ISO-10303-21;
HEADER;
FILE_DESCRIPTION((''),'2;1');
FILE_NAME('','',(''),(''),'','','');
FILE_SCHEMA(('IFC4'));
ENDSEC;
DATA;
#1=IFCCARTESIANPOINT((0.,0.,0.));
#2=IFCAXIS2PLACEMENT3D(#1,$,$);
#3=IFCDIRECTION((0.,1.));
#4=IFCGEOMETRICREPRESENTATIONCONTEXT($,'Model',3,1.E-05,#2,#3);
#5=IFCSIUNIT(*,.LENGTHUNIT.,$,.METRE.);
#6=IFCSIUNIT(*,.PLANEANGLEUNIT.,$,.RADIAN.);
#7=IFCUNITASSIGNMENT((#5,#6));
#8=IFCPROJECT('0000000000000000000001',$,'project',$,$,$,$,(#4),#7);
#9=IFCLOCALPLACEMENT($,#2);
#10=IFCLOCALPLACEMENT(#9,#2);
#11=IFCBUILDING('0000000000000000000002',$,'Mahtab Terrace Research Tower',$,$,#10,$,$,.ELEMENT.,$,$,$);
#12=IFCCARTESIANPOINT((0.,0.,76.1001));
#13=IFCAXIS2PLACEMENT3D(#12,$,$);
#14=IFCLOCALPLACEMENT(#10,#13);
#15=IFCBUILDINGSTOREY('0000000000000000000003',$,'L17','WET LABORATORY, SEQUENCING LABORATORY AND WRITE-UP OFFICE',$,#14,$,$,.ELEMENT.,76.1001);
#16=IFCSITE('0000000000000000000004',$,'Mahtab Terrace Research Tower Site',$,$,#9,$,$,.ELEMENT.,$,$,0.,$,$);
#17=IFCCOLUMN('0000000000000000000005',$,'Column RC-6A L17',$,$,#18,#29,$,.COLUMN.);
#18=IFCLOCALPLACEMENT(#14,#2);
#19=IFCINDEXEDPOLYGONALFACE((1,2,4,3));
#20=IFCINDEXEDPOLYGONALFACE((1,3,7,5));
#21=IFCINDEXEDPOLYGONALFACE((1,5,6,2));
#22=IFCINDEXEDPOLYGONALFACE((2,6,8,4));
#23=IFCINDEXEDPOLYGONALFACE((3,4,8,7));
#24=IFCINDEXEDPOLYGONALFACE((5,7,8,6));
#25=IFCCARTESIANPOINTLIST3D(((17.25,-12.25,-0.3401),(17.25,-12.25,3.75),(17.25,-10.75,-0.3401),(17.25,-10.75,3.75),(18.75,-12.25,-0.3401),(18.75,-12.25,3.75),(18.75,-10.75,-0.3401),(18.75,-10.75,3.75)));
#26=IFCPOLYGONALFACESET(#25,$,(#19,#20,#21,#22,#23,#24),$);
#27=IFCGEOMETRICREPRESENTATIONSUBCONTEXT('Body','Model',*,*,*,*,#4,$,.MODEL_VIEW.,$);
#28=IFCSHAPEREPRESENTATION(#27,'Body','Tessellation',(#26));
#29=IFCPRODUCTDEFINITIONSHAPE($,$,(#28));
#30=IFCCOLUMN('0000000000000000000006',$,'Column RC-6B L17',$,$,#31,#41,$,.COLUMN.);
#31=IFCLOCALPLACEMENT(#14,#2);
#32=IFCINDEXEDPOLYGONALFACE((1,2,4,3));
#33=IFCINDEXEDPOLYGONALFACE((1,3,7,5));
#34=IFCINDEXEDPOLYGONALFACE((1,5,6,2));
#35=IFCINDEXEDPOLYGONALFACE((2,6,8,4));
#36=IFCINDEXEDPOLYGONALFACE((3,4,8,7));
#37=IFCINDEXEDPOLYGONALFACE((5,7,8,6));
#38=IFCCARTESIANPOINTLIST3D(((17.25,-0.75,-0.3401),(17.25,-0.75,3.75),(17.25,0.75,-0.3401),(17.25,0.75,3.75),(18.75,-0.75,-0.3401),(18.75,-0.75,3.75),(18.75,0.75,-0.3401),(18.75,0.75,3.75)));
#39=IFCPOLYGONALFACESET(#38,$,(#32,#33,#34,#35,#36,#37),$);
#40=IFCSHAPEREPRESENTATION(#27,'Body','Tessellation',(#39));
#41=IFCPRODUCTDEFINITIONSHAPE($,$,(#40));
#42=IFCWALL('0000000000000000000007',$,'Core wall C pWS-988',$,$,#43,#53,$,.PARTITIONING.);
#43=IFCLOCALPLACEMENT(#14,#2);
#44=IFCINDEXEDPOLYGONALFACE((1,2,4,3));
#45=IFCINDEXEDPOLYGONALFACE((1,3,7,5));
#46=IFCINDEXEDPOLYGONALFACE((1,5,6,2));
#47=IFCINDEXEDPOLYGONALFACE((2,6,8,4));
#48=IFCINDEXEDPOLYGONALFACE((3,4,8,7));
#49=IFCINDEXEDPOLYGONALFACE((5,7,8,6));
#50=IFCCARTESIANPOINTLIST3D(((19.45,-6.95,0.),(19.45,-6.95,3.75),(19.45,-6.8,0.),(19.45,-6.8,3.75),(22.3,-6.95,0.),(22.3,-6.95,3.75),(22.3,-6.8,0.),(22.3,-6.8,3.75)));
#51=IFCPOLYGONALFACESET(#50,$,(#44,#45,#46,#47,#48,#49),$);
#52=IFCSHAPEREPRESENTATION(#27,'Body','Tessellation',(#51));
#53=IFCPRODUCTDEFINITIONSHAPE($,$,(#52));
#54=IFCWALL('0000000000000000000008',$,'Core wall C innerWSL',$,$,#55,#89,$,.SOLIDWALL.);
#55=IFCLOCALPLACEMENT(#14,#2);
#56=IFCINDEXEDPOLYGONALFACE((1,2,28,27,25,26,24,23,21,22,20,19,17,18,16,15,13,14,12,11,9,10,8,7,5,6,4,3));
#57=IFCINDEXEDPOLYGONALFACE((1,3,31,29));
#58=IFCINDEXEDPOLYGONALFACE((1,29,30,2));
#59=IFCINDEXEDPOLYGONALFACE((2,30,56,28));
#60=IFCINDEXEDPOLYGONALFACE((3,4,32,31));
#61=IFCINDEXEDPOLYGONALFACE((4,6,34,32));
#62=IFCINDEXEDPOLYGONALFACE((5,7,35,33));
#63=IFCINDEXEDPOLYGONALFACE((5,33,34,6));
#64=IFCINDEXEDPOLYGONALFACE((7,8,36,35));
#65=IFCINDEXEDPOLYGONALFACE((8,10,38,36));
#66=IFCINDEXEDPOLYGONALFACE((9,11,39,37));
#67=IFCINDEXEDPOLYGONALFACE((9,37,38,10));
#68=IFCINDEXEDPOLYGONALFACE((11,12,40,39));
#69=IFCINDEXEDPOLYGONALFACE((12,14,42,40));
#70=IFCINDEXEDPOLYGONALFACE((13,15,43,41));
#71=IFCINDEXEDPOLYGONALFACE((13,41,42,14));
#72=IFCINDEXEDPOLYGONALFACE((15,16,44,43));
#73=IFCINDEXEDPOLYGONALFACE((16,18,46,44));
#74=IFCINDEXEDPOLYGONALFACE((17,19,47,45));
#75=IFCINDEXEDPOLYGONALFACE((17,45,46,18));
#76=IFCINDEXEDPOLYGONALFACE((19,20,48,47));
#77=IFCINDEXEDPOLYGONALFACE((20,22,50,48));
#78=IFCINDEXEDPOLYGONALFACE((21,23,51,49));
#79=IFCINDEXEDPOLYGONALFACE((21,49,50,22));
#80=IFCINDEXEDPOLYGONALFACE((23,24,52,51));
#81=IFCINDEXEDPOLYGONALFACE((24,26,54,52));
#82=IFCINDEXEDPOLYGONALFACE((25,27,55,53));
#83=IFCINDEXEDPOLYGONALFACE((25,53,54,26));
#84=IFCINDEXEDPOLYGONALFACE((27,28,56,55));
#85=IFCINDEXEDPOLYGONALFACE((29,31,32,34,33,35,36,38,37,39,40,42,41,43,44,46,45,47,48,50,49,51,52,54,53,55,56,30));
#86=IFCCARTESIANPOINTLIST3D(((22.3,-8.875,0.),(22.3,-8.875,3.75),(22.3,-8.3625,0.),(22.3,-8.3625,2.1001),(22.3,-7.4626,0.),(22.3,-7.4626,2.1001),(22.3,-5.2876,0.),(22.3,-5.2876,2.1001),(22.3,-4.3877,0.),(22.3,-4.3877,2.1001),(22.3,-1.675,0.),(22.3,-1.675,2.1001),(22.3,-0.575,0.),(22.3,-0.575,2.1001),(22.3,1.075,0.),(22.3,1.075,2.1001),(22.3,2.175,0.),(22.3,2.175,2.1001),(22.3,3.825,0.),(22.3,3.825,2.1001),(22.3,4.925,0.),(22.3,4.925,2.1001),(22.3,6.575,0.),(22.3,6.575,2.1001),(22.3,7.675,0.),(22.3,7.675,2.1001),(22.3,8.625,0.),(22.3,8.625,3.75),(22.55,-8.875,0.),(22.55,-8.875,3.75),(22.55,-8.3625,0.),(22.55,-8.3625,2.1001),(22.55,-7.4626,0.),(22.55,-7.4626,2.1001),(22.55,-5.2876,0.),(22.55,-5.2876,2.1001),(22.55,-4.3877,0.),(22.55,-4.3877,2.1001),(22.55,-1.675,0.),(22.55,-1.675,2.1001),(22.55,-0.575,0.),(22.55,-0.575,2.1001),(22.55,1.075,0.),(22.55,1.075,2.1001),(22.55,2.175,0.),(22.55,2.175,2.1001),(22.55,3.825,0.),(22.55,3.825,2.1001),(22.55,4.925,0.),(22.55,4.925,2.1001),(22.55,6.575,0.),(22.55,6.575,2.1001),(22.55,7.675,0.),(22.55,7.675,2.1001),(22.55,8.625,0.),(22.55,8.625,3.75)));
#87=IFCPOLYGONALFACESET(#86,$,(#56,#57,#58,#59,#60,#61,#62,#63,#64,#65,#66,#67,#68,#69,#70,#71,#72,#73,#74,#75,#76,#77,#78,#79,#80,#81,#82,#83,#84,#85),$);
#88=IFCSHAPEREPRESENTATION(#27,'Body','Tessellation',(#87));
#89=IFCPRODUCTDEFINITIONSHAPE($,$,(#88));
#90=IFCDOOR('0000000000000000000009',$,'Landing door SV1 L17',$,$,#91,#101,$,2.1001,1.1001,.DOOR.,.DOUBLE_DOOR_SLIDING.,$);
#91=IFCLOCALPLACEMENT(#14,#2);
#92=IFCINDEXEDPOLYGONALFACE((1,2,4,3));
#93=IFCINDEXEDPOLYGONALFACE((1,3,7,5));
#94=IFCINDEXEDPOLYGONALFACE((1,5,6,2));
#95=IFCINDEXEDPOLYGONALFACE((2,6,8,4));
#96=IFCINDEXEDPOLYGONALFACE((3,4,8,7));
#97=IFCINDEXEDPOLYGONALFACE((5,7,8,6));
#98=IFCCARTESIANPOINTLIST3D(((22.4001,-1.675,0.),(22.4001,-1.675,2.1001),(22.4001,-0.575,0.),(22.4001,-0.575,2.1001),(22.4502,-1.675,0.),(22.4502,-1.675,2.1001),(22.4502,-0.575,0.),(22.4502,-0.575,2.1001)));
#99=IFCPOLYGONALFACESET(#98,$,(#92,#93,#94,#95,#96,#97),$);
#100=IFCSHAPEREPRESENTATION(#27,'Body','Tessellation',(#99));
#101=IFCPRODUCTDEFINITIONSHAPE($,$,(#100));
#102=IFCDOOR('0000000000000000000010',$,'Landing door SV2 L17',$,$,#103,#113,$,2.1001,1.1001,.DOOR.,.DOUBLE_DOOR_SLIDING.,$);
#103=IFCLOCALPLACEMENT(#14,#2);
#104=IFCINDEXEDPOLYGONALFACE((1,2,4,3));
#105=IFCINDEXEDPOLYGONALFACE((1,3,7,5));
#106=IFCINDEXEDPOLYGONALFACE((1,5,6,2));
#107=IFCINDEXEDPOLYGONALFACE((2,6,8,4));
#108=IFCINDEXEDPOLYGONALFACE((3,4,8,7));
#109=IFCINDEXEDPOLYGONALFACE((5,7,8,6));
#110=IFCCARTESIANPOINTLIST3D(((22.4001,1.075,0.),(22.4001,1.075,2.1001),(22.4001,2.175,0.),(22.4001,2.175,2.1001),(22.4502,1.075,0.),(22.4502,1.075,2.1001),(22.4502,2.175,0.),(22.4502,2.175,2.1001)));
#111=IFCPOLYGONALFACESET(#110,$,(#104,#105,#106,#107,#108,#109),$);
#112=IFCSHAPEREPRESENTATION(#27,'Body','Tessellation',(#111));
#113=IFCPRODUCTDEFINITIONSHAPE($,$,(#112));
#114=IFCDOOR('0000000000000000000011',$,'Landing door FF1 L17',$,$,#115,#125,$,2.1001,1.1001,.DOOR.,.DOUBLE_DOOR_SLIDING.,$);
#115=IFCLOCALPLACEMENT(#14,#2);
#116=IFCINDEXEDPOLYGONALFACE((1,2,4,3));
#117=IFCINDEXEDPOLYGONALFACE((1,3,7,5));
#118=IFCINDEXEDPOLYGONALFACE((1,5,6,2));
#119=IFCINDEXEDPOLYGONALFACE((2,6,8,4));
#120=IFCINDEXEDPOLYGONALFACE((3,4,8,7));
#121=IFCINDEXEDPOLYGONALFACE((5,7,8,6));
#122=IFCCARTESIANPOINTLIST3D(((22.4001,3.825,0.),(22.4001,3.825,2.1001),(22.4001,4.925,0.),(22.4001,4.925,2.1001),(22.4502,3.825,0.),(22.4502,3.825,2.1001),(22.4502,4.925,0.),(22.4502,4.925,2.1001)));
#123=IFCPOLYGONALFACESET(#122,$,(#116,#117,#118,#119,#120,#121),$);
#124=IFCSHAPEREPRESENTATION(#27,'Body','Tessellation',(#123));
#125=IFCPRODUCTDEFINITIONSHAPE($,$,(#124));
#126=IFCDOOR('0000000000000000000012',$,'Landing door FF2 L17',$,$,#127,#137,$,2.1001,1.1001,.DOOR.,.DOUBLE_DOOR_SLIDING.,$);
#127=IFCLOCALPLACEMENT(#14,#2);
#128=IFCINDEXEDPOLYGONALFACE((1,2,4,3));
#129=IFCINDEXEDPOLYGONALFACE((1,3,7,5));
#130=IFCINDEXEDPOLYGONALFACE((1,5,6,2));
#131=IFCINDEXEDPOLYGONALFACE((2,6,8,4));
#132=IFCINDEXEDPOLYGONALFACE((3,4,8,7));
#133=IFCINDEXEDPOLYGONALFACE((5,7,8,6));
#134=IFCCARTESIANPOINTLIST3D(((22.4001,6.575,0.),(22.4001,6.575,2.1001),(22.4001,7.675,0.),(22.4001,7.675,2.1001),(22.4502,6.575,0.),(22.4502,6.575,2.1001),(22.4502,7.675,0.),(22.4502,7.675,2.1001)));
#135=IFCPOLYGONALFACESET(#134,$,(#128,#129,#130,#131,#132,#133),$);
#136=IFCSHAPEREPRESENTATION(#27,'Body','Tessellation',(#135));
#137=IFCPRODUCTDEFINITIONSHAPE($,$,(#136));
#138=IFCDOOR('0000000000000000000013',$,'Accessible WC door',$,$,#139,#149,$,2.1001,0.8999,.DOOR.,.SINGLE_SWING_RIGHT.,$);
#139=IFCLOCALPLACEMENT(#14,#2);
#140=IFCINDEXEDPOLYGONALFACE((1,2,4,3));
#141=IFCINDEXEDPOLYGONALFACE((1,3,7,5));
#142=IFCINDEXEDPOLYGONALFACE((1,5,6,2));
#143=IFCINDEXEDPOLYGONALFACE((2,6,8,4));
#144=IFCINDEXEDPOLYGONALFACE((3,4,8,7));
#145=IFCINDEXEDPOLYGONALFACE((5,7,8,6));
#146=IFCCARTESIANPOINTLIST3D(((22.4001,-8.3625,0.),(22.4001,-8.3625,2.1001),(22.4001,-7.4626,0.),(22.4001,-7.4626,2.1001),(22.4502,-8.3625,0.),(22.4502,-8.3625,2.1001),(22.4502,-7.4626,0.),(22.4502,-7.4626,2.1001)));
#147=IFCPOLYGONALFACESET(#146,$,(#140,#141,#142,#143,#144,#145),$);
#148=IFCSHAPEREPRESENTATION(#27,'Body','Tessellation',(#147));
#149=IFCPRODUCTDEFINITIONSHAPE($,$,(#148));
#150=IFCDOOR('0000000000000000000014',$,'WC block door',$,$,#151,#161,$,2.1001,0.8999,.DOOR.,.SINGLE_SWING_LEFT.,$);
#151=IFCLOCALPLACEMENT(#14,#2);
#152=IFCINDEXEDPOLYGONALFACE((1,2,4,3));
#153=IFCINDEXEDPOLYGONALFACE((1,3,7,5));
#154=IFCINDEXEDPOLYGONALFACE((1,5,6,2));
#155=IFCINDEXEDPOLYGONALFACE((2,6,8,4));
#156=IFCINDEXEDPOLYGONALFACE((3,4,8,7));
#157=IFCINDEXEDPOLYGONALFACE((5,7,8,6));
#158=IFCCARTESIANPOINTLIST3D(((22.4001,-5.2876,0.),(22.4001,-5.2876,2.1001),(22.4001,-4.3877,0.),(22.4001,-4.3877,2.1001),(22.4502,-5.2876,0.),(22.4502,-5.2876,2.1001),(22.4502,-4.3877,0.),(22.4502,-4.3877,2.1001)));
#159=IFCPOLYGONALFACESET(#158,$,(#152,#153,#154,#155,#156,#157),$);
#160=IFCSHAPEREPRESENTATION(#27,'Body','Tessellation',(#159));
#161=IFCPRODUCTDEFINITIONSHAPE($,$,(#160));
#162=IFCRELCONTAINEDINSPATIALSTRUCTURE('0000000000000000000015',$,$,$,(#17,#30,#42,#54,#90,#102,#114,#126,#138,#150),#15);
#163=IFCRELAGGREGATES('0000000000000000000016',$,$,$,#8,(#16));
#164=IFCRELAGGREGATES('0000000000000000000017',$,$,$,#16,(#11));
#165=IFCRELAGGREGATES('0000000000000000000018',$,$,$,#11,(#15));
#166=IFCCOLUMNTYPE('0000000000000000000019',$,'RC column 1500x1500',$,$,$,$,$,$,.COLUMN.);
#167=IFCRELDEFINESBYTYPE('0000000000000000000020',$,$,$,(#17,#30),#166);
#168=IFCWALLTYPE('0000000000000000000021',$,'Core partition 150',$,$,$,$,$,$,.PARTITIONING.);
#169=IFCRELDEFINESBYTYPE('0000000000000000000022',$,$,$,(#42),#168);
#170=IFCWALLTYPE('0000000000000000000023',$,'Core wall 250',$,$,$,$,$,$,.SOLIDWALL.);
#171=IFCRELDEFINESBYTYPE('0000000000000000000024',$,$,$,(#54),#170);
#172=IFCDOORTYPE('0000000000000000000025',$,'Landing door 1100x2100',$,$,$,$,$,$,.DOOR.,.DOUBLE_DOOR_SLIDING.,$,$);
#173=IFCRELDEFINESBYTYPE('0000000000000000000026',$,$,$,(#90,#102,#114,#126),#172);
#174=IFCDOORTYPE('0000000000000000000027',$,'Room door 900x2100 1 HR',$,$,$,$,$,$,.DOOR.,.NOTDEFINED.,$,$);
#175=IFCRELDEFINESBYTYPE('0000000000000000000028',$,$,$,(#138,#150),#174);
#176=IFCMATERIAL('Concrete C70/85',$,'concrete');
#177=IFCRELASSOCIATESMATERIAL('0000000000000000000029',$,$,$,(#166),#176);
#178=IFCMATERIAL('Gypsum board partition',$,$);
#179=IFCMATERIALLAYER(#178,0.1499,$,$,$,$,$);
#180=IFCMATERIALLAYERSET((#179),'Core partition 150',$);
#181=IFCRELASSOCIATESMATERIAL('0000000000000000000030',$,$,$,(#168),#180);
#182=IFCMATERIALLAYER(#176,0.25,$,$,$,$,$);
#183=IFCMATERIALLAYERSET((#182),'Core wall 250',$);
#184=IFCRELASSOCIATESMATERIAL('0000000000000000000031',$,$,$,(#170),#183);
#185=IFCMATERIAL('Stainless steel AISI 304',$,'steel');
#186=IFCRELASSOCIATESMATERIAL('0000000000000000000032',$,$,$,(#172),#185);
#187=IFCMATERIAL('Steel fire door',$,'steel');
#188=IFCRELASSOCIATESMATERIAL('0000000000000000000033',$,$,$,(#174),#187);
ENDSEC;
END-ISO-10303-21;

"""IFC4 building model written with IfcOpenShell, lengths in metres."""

from ifc_helpers import new_model, si_unit, direction, frame, frame_2d, origin, origin_2d, place, context, subcontext, project, spatial, rectangle, extrude, material, layer, layer_set, material_profile, profile_set, type_object, element, fill, save


model = new_model("IFC4")

# Units and contexts
model_context = context("Model", 3, precision=1e-05, world=origin(), true_north=direction((0.0, 1.0)))
body_context = subcontext(model_context, "Body", "Model", "MODEL_VIEW")
ifc_project = project(units=[si_unit("LENGTHUNIT", "METRE"), si_unit("PLANEANGLEUNIT", "RADIAN")], contexts=[model_context])

# Site, building, storey
site_placement = place(None, origin())
site = spatial("IfcSite", under=ifc_project, at=site_placement, Name="Mahtab Terrace Research Tower Site", CompositionType="ELEMENT", RefElevation=0.0)
building_placement = place(site_placement, origin())
building = spatial("IfcBuilding", under=site, at=building_placement, Name="Mahtab Terrace Research Tower", CompositionType="ELEMENT")
storey_placement = place(building_placement, frame((0.0, 0.0, 76.1001)))
storey = spatial("IfcBuildingStorey", under=building, at=storey_placement, Name="L17", Description="WET LABORATORY, SEQUENCING LABORATORY AND WRITE-UP OFFICE", CompositionType="ELEMENT", Elevation=76.1001)

# Columns
ifc_material_1 = material(Name="Concrete C70/85", Category="concrete")
ifc_material_profile = material_profile(ifc_material_1, rectangle(XDim=1.5, YDim=1.5, at=origin_2d()), Name="RC column 1500x1500")
ifc_profile_set = profile_set([ifc_material_profile], Name="Concrete C70/85")
column_type = type_object("IfcColumnType", Name="RC column 1500x1500", PredefinedType="COLUMN", material=ifc_profile_set)
for number, where, z_axis, x_axis, name in (
    (1, (18.0, -11.5, -0.3401), (0.0, 0.0, 1.0), (1.0, 0.0, 0.0), "Column RC-6A L17"),
    (2, (18.0, 0.0, -0.3401), (0.0, 0.0, 1.0), (1.0, 0.0, 0.0), "Column RC-6B L17"),
):
    element("IfcColumn", number, at=place(storey_placement, frame(where, z_axis=z_axis, x_axis=x_axis)), inside=storey, type_object=column_type, Name=name, PredefinedType="COLUMN", context=body_context, shape_type="SweptSolid", body=[
        extrude(rectangle(XDim=1.5, YDim=1.5, at=origin_2d()), origin(), (0.0, 0.0, 1.0), 4.0901),
    ])

# Wall
ifc_material_2 = material(Name="Gypsum board partition")
ifc_layer_1 = layer(ifc_material_2, 0.1499)
ifc_layer_set_1 = layer_set([ifc_layer_1], Name="Core partition 150")
wall_type_1 = type_object("IfcWallType", Name="Core partition 150", PredefinedType="PARTITIONING", material=ifc_layer_set_1)
wall_1_placement = place(storey_placement, frame((19.45, -6.875, 0.0), z_axis=(0.0, 0.0, 1.0), x_axis=(1.0, 0.0, 0.0)))
element("IfcWall", 3, at=wall_1_placement, inside=storey, type_object=wall_type_1, Name="Core wall C pWS-988", PredefinedType="PARTITIONING", context=body_context, shape_type="SweptSolid", body=[
    extrude(rectangle(XDim=2.8501, YDim=0.1499, at=frame_2d((1.425, 0.0))), origin(), (0.0, 0.0, 1.0), 3.75),
])

# Wall, openings, doors
ifc_layer_2 = layer(ifc_material_1, 0.25)
ifc_layer_set_2 = layer_set([ifc_layer_2], Name="Core wall 250")
wall_type_2 = type_object("IfcWallType", Name="Core wall 250", PredefinedType="SOLIDWALL", material=ifc_layer_set_2)
wall_2_placement = place(storey_placement, frame((22.425, -8.875, 0.0), z_axis=(0.0, 0.0, 1.0), x_axis=(0.0, 1.0, 0.0)))
wall_2 = element("IfcWall", 4, at=wall_2_placement, inside=storey, type_object=wall_type_2, Name="Core wall C innerWSL", PredefinedType="SOLIDWALL", context=body_context, shape_type="SweptSolid", body=[
    extrude(rectangle(XDim=17.5, YDim=0.25, at=frame_2d((8.75, 0.0))), origin(), (0.0, 0.0, 1.0), 3.75),
])
opening_1_placement = place(wall_2_placement, frame((7.2, 0.0, 0.0)))
opening_1 = element("IfcOpeningElement", 5, at=opening_1_placement, cuts=wall_2, PredefinedType="OPENING", context=body_context, shape_type="SweptSolid", body=[
    extrude(rectangle(XDim=1.1001, YDim=2.1001, at=frame_2d((0.55, 1.05))), frame((0.0, 0.135, 0.0), z_axis=(0.0, -1.0, 0.0), x_axis=(1.0, 0.0, 0.0)), (0.0, 0.0, 1.0), 0.27),
])
opening_2_placement = place(wall_2_placement, frame((9.95, 0.0, 0.0)))
opening_2 = element("IfcOpeningElement", 6, at=opening_2_placement, cuts=wall_2, PredefinedType="OPENING", context=body_context, shape_type="SweptSolid", body=[
    extrude(rectangle(XDim=1.1001, YDim=2.1001, at=frame_2d((0.55, 1.05))), frame((0.0, 0.135, 0.0), z_axis=(0.0, -1.0, 0.0), x_axis=(1.0, 0.0, 0.0)), (0.0, 0.0, 1.0), 0.27),
])
opening_3_placement = place(wall_2_placement, frame((12.7, 0.0, 0.0)))
opening_3 = element("IfcOpeningElement", 7, at=opening_3_placement, cuts=wall_2, PredefinedType="OPENING", context=body_context, shape_type="SweptSolid", body=[
    extrude(rectangle(XDim=1.1001, YDim=2.1001, at=frame_2d((0.55, 1.05))), frame((0.0, 0.135, 0.0), z_axis=(0.0, -1.0, 0.0), x_axis=(1.0, 0.0, 0.0)), (0.0, 0.0, 1.0), 0.27),
])
opening_4_placement = place(wall_2_placement, frame((15.45, 0.0, 0.0)))
opening_4 = element("IfcOpeningElement", 8, at=opening_4_placement, cuts=wall_2, PredefinedType="OPENING", context=body_context, shape_type="SweptSolid", body=[
    extrude(rectangle(XDim=1.1001, YDim=2.1001, at=frame_2d((0.55, 1.05))), frame((0.0, 0.135, 0.0), z_axis=(0.0, -1.0, 0.0), x_axis=(1.0, 0.0, 0.0)), (0.0, 0.0, 1.0), 0.27),
])
opening_5_placement = place(wall_2_placement, frame((0.5125, 0.0, 0.0)))
opening_5 = element("IfcOpeningElement", 9, at=opening_5_placement, cuts=wall_2, PredefinedType="OPENING", context=body_context, shape_type="SweptSolid", body=[
    extrude(rectangle(XDim=0.8999, YDim=2.1001, at=frame_2d((0.45, 1.05))), frame((0.0, 0.135, 0.0), z_axis=(0.0, -1.0, 0.0), x_axis=(1.0, 0.0, 0.0)), (0.0, 0.0, 1.0), 0.27),
])
opening_6_placement = place(wall_2_placement, frame((3.5874, 0.0, 0.0)))
opening_6 = element("IfcOpeningElement", 10, at=opening_6_placement, cuts=wall_2, PredefinedType="OPENING", context=body_context, shape_type="SweptSolid", body=[
    extrude(rectangle(XDim=0.8999, YDim=2.1001, at=frame_2d((0.45, 1.05))), frame((0.0, 0.135, 0.0), z_axis=(0.0, -1.0, 0.0), x_axis=(1.0, 0.0, 0.0)), (0.0, 0.0, 1.0), 0.27),
])
ifc_material_3 = material(Name="Stainless steel AISI 304", Category="steel")
door_type_1 = type_object("IfcDoorType", Name="Landing door 1100x2100", OperationType="DOUBLE_DOOR_SLIDING", PredefinedType="DOOR", material=ifc_material_3)
door_1_placement = place(opening_1_placement, origin())
door_1 = element("IfcDoor", 11, at=door_1_placement, inside=storey, type_object=door_type_1, Name="Landing door SV1 L17", OperationType="DOUBLE_DOOR_SLIDING", OverallHeight=2.1001, OverallWidth=1.1001, PredefinedType="DOOR", context=body_context, shape_type="SweptSolid", body=[
    extrude(rectangle(XDim=1.1001, YDim=2.1001, at=frame_2d((0.55, 1.05))), frame((0.0, 0.0249, 0.0), z_axis=(0.0, -1.0, 0.0), x_axis=(1.0, 0.0, 0.0)), (0.0, 0.0, 1.0), 0.05),
])
fill(opening_1, door_1)
door_2_placement = place(opening_2_placement, origin())
door_2 = element("IfcDoor", 12, at=door_2_placement, inside=storey, type_object=door_type_1, Name="Landing door SV2 L17", OperationType="DOUBLE_DOOR_SLIDING", OverallHeight=2.1001, OverallWidth=1.1001, PredefinedType="DOOR", context=body_context, shape_type="SweptSolid", body=[
    extrude(rectangle(XDim=1.1001, YDim=2.1001, at=frame_2d((0.55, 1.05))), frame((0.0, 0.0249, 0.0), z_axis=(0.0, -1.0, 0.0), x_axis=(1.0, 0.0, 0.0)), (0.0, 0.0, 1.0), 0.05),
])
fill(opening_2, door_2)
door_3_placement = place(opening_3_placement, origin())
door_3 = element("IfcDoor", 13, at=door_3_placement, inside=storey, type_object=door_type_1, Name="Landing door FF1 L17", OperationType="DOUBLE_DOOR_SLIDING", OverallHeight=2.1001, OverallWidth=1.1001, PredefinedType="DOOR", context=body_context, shape_type="SweptSolid", body=[
    extrude(rectangle(XDim=1.1001, YDim=2.1001, at=frame_2d((0.55, 1.05))), frame((0.0, 0.0249, 0.0), z_axis=(0.0, -1.0, 0.0), x_axis=(1.0, 0.0, 0.0)), (0.0, 0.0, 1.0), 0.05),
])
fill(opening_3, door_3)
door_4_placement = place(opening_4_placement, origin())
door_4 = element("IfcDoor", 14, at=door_4_placement, inside=storey, type_object=door_type_1, Name="Landing door FF2 L17", OperationType="DOUBLE_DOOR_SLIDING", OverallHeight=2.1001, OverallWidth=1.1001, PredefinedType="DOOR", context=body_context, shape_type="SweptSolid", body=[
    extrude(rectangle(XDim=1.1001, YDim=2.1001, at=frame_2d((0.55, 1.05))), frame((0.0, 0.0249, 0.0), z_axis=(0.0, -1.0, 0.0), x_axis=(1.0, 0.0, 0.0)), (0.0, 0.0, 1.0), 0.05),
])
fill(opening_4, door_4)
ifc_material_4 = material(Name="Steel fire door", Category="steel")
door_type_2 = type_object("IfcDoorType", Name="Room door 900x2100 1 HR", OperationType="NOTDEFINED", PredefinedType="DOOR", material=ifc_material_4)
door_5_placement = place(opening_5_placement, origin())
door_5 = element("IfcDoor", 15, at=door_5_placement, inside=storey, type_object=door_type_2, Name="Accessible WC door", OperationType="SINGLE_SWING_RIGHT", OverallHeight=2.1001, OverallWidth=0.8999, PredefinedType="DOOR", context=body_context, shape_type="SweptSolid", body=[
    extrude(rectangle(XDim=0.8999, YDim=2.1001, at=frame_2d((0.45, 1.05))), frame((0.0, 0.0249, 0.0), z_axis=(0.0, -1.0, 0.0), x_axis=(1.0, 0.0, 0.0)), (0.0, 0.0, 1.0), 0.05),
])
fill(opening_5, door_5)
door_6_placement = place(opening_6_placement, origin())
door_6 = element("IfcDoor", 16, at=door_6_placement, inside=storey, type_object=door_type_2, Name="WC block door", OperationType="SINGLE_SWING_LEFT", OverallHeight=2.1001, OverallWidth=0.8999, PredefinedType="DOOR", context=body_context, shape_type="SweptSolid", body=[
    extrude(rectangle(XDim=0.8999, YDim=2.1001, at=frame_2d((0.45, 1.05))), frame((0.0, 0.0249, 0.0), z_axis=(0.0, -1.0, 0.0), x_axis=(1.0, 0.0, 0.0)), (0.0, 0.0, 1.0), 0.05),
])
fill(opening_6, door_6)

save(model, "model.ifc")
